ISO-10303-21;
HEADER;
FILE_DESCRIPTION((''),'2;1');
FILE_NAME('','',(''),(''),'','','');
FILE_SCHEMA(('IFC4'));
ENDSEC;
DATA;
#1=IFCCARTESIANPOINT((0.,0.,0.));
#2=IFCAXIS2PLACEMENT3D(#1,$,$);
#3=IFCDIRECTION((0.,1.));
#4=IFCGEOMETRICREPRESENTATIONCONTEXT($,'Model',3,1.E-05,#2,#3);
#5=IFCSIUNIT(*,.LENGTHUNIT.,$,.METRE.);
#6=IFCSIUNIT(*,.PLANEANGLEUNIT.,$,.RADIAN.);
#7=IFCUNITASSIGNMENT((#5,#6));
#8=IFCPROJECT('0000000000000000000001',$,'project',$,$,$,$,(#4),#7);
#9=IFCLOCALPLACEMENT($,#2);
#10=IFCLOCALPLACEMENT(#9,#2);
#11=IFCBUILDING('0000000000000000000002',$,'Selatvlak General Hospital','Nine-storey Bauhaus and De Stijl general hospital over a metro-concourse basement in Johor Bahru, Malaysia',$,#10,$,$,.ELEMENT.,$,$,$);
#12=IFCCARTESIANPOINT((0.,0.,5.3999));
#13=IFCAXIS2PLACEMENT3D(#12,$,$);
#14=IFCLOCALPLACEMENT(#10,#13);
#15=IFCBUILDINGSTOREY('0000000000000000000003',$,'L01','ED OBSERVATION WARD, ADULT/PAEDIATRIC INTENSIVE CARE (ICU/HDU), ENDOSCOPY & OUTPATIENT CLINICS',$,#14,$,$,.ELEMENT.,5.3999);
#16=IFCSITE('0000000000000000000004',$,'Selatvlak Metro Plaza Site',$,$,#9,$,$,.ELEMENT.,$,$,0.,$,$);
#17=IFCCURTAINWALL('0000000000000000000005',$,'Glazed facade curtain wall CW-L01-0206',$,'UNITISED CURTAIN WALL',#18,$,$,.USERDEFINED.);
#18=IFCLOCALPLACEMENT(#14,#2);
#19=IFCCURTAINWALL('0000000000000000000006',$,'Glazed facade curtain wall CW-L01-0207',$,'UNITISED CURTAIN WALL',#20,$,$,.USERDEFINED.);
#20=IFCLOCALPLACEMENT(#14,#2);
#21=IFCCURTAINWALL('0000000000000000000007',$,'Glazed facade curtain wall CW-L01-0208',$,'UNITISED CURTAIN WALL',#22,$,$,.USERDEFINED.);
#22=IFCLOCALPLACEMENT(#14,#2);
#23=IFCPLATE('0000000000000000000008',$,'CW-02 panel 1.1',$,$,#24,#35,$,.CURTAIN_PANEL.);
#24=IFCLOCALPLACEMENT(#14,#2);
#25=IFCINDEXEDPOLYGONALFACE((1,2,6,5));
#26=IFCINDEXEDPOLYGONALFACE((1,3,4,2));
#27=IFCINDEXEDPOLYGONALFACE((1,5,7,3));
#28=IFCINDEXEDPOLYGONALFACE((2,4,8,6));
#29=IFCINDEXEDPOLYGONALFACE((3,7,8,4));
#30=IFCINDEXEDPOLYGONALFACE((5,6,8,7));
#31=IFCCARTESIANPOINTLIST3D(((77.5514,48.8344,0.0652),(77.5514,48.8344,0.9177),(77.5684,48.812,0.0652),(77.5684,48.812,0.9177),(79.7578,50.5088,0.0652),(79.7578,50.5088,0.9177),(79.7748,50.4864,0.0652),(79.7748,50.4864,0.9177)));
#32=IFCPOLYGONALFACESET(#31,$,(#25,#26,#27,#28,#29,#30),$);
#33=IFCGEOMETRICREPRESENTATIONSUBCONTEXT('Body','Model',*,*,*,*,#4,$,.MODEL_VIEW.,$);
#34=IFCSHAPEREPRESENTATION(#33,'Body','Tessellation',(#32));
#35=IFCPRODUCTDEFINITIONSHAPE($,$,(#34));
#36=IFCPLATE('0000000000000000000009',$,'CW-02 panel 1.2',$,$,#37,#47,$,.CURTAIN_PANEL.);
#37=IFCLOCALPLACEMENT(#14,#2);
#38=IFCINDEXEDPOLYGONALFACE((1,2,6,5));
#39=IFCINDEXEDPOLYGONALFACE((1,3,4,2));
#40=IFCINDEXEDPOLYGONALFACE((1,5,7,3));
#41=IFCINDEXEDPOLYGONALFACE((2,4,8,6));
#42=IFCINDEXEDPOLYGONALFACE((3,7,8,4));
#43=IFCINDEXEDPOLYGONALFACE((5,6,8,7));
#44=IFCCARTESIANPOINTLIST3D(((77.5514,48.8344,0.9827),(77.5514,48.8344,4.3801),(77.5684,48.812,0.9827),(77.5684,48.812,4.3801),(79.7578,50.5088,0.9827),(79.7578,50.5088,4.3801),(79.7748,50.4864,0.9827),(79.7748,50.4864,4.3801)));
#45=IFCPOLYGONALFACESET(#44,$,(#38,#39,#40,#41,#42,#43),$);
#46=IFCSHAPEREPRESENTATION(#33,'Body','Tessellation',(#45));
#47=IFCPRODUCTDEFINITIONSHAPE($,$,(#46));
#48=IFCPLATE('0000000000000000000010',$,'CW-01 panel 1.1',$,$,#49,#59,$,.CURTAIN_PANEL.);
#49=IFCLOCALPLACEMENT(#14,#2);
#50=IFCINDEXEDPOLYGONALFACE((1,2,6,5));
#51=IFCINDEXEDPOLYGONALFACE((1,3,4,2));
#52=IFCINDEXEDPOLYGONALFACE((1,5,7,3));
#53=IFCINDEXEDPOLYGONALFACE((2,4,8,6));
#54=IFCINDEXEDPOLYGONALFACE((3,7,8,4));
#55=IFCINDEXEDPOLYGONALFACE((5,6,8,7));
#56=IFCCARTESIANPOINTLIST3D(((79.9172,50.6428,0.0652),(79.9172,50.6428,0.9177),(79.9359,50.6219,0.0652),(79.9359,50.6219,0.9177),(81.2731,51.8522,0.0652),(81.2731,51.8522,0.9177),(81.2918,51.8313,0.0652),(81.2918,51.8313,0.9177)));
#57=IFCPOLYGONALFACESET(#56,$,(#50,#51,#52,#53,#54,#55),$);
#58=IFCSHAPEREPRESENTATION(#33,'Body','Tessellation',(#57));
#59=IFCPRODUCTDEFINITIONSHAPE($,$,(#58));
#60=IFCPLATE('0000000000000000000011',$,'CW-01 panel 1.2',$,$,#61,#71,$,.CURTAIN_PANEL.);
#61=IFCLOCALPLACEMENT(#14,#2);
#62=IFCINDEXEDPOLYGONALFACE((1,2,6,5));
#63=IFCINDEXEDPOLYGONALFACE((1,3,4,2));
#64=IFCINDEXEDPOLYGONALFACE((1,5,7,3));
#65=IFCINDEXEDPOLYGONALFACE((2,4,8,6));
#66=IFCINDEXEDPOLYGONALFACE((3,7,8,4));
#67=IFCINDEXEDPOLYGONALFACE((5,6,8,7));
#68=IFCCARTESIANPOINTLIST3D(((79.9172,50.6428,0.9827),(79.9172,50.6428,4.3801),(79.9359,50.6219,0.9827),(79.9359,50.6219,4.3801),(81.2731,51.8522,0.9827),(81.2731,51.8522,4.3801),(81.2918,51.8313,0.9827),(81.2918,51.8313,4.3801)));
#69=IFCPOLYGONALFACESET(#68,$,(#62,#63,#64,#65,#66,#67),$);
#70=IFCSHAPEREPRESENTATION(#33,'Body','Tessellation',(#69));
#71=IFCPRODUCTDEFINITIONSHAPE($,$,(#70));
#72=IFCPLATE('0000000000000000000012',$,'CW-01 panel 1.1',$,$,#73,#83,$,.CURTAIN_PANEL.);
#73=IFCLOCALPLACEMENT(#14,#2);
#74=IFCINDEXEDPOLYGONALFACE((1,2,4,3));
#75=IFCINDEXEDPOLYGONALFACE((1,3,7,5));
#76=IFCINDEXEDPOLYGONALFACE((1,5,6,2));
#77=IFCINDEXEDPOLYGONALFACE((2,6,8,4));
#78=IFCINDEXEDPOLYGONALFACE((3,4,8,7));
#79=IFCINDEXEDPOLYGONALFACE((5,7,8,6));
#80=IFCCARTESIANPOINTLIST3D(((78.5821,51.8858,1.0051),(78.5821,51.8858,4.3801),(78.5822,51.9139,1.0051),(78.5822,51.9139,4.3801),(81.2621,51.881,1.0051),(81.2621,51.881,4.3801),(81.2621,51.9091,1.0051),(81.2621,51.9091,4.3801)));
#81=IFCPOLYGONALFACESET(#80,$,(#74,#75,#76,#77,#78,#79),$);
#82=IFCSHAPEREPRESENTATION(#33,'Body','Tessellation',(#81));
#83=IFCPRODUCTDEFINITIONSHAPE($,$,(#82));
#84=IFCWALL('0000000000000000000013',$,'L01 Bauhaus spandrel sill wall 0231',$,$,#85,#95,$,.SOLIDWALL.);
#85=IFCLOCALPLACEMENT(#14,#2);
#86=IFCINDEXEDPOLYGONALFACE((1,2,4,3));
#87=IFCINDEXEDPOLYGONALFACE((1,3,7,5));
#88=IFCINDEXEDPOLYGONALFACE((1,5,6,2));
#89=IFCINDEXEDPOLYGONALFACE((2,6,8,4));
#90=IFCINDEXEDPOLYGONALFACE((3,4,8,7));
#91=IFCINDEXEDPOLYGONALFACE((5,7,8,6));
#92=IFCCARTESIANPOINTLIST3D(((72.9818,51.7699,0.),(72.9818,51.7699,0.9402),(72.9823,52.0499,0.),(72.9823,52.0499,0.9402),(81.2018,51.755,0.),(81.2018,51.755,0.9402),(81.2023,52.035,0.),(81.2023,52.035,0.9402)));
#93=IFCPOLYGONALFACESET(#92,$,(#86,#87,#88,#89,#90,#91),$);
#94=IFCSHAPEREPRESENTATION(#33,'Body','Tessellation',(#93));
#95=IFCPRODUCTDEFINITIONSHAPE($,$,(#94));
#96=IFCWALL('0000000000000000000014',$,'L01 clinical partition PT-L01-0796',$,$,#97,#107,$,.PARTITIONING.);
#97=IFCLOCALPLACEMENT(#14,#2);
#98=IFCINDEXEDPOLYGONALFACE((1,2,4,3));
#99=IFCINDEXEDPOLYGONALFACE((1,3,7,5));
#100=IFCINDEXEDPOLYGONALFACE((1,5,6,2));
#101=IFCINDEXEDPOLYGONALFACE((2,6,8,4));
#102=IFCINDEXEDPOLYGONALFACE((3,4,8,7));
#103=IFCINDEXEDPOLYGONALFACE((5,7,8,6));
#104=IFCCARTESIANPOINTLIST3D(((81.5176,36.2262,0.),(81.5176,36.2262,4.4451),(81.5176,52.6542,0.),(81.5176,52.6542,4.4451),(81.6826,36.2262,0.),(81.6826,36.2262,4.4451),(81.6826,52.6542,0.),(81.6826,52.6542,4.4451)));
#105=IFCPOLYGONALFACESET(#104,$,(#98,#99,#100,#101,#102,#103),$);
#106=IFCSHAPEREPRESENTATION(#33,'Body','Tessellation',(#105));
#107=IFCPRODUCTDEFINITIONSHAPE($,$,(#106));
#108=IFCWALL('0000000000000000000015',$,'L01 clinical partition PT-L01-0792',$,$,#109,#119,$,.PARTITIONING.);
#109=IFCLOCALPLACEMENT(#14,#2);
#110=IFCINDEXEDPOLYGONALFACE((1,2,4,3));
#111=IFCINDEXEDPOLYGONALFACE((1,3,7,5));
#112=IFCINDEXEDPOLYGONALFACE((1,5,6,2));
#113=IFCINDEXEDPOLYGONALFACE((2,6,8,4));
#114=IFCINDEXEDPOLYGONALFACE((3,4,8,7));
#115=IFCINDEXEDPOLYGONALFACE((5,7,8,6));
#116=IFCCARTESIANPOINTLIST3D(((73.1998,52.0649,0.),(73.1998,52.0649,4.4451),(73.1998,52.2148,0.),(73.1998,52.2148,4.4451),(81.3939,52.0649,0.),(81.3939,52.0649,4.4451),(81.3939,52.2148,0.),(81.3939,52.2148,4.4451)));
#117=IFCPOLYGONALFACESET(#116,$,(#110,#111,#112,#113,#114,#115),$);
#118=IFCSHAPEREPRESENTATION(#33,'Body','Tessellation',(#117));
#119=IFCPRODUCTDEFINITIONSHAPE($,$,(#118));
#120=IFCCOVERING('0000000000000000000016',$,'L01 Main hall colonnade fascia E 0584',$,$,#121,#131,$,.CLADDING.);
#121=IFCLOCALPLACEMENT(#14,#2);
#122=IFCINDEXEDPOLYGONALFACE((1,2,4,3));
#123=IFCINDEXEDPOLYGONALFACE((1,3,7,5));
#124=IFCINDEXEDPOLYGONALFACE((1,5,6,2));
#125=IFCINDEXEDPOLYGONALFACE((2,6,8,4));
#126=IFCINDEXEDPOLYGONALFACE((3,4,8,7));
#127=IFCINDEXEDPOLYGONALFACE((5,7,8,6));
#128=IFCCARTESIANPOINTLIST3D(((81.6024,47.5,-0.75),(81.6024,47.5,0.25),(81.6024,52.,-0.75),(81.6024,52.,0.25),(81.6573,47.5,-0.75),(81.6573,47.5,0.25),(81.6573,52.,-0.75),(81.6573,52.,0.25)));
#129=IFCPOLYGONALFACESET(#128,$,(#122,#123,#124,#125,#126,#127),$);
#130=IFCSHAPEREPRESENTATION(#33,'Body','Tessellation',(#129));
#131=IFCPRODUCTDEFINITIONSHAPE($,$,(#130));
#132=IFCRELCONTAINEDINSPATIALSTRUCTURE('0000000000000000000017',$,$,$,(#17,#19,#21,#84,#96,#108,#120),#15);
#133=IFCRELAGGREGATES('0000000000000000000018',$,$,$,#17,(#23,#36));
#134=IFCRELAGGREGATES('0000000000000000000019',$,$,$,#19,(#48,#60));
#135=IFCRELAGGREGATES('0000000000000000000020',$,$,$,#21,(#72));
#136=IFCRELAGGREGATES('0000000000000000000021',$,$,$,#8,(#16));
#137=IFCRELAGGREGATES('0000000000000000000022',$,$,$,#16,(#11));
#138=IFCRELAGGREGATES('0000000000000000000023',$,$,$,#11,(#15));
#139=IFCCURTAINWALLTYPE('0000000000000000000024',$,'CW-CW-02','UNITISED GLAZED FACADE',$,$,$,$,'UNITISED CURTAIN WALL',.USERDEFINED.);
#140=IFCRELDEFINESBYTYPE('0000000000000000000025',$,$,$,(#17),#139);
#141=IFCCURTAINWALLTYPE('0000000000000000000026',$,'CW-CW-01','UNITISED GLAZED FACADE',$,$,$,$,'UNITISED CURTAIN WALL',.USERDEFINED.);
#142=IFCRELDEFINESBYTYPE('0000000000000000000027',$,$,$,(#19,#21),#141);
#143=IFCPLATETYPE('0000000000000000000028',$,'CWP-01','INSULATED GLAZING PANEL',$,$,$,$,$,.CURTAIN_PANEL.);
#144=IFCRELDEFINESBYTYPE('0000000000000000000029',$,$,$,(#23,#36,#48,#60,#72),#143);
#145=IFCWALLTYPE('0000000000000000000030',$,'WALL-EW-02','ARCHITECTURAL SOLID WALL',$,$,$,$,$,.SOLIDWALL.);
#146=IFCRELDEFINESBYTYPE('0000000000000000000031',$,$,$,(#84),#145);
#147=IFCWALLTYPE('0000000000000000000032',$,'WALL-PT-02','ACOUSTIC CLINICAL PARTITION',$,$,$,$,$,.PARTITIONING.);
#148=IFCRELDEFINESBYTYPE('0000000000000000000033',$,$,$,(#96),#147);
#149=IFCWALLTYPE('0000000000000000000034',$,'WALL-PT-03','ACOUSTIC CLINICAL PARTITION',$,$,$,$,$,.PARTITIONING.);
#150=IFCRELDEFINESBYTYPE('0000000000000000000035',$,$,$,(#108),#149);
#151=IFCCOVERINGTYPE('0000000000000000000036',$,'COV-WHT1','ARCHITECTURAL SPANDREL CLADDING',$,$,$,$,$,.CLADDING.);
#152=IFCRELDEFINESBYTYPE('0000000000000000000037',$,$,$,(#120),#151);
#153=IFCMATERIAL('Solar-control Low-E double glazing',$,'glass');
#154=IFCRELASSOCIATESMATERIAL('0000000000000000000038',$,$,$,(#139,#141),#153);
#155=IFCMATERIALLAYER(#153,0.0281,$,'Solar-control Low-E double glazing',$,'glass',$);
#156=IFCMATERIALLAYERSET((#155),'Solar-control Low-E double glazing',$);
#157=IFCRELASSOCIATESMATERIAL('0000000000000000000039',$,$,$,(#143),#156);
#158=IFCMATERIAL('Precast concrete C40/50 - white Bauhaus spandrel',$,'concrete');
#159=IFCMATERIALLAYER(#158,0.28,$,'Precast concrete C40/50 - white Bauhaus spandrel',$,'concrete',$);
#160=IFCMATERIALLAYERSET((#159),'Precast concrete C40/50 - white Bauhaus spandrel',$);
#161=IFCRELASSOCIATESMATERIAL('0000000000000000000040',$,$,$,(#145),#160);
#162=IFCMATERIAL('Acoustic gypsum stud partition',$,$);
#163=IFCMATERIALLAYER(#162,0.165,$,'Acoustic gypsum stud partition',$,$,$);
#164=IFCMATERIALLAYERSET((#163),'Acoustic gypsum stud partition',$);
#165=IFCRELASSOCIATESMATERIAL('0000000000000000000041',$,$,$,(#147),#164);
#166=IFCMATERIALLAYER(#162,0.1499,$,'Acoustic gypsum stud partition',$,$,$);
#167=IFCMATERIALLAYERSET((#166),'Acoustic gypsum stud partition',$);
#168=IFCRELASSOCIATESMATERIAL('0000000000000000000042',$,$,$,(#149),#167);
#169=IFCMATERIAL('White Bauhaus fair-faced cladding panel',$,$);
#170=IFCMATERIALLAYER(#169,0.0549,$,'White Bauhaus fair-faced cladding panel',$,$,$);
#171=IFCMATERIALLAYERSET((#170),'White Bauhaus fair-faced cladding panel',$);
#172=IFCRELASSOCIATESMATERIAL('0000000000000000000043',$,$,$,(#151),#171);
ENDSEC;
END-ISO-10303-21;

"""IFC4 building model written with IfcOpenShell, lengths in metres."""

from ifc_helpers import new_model, si_unit, direction, frame, frame_2d, origin, origin_2d, place, context, subcontext, project, spatial, rectangle, extrude, material, layer, layer_set, type_object, element, aggregate, save


model = new_model("IFC4")

# Units and contexts
model_context = context("Model", 3, precision=1e-05, world=origin(), true_north=direction((0.0, 1.0)))
body_context = subcontext(model_context, "Body", "Model", "MODEL_VIEW")
ifc_project = project(units=[si_unit("LENGTHUNIT", "METRE"), si_unit("PLANEANGLEUNIT", "RADIAN")], contexts=[model_context])

# Site, building, storey
site_placement = place(None, origin())
site = spatial("IfcSite", under=ifc_project, at=site_placement, Name="Selatvlak Metro Plaza Site", CompositionType="ELEMENT", RefElevation=0.0)
building_placement = place(site_placement, origin())
building = spatial("IfcBuilding", under=site, at=building_placement, Name="Selatvlak General Hospital", Description="Nine-storey Bauhaus and De Stijl general hospital over a metro-concourse basement in Johor Bahru, Malaysia", CompositionType="ELEMENT")
storey_placement = place(building_placement, frame((0.0, 0.0, 5.3999)))
storey = spatial("IfcBuildingStorey", under=building, at=storey_placement, Name="L01", Description="ED OBSERVATION WARD, ADULT/PAEDIATRIC INTENSIVE CARE (ICU/HDU), ENDOSCOPY & OUTPATIENT CLINICS", CompositionType="ELEMENT", Elevation=5.3999)

# Curtain wall
ifc_material_1 = material(Name="Solar-control Low-E double glazing", Category="glass")
curtain_wall_type_1 = type_object("IfcCurtainWallType", Name="CW-CW-02", Description="UNITISED GLAZED FACADE", ElementType="UNITISED CURTAIN WALL", PredefinedType="USERDEFINED", material=ifc_material_1)
curtain_wall_1_placement = place(storey_placement, origin())
curtain_wall_1 = element("IfcCurtainWall", 1, at=curtain_wall_1_placement, inside=storey, type_object=curtain_wall_type_1, Name="Glazed facade curtain wall CW-L01-0206", ObjectType="UNITISED CURTAIN WALL", PredefinedType="USERDEFINED")

# Curtain walls
curtain_wall_type_2 = type_object("IfcCurtainWallType", Name="CW-CW-01", Description="UNITISED GLAZED FACADE", ElementType="UNITISED CURTAIN WALL", PredefinedType="USERDEFINED", material=ifc_material_1)
curtain_wall_2_placement = place(storey_placement, origin())
curtain_wall_2 = element("IfcCurtainWall", 2, at=curtain_wall_2_placement, inside=storey, type_object=curtain_wall_type_2, Name="Glazed facade curtain wall CW-L01-0207", ObjectType="UNITISED CURTAIN WALL", PredefinedType="USERDEFINED")
curtain_wall_3_placement = place(storey_placement, origin())
curtain_wall_3 = element("IfcCurtainWall", 3, at=curtain_wall_3_placement, inside=storey, type_object=curtain_wall_type_2, Name="Glazed facade curtain wall CW-L01-0208", ObjectType="UNITISED CURTAIN WALL", PredefinedType="USERDEFINED")

# Plates
ifc_layer_1 = layer(ifc_material_1, 0.0281, Name="Solar-control Low-E double glazing", Category="glass")
ifc_layer_set_1 = layer_set([ifc_layer_1], Name="Solar-control Low-E double glazing")
plate_type = type_object("IfcPlateType", Name="CWP-01", Description="INSULATED GLAZING PANEL", PredefinedType="CURTAIN_PANEL", material=ifc_layer_set_1)
plate_1_placement = place(storey_placement, frame((78.6631, 49.6604, 0.0652), z_axis=(0.0, 0.0, 1.0), x_axis=(0.796594, 0.604515, 0.0)))
plate_1 = element("IfcPlate", 4, at=plate_1_placement, type_object=plate_type, Name="CW-02 panel 1.1", PredefinedType="CURTAIN_PANEL", context=body_context, shape_type="SweptSolid", body=[
    extrude(rectangle(XDim=2.7698, YDim=0.0281, at=origin_2d()), origin(), (0.0, 0.0, 1.0), 0.8525),
])
plate_2_placement = place(storey_placement, frame((78.6631, 49.6604, 0.9827), z_axis=(0.0, 0.0, 1.0), x_axis=(0.796594, 0.604515, 0.0)))
plate_2 = element("IfcPlate", 5, at=plate_2_placement, type_object=plate_type, Name="CW-02 panel 1.2", PredefinedType="CURTAIN_PANEL", context=body_context, shape_type="SweptSolid", body=[
    extrude(rectangle(XDim=2.7698, YDim=0.0281, at=origin_2d()), origin(), (0.0, 0.0, 1.0), 3.3975),
])
aggregate(curtain_wall_1, [plate_1, plate_2])
plate_3_placement = place(storey_placement, frame((80.6045, 51.2371, 0.0652), z_axis=(0.0, 0.0, 1.0), x_axis=(0.746275, 0.665638, 0.0)))
plate_3 = element("IfcPlate", 6, at=plate_3_placement, type_object=plate_type, Name="CW-01 panel 1.1", PredefinedType="CURTAIN_PANEL", context=body_context, shape_type="SweptSolid", body=[
    extrude(rectangle(XDim=1.8169, YDim=0.0281, at=origin_2d()), origin(), (0.0, 0.0, 1.0), 0.8525),
])
plate_4_placement = place(storey_placement, frame((80.6045, 51.2371, 0.9827), z_axis=(0.0, 0.0, 1.0), x_axis=(0.746275, 0.665638, 0.0)))
plate_4 = element("IfcPlate", 7, at=plate_4_placement, type_object=plate_type, Name="CW-01 panel 1.2", PredefinedType="CURTAIN_PANEL", context=body_context, shape_type="SweptSolid", body=[
    extrude(rectangle(XDim=1.8169, YDim=0.0281, at=origin_2d()), origin(), (0.0, 0.0, 1.0), 3.3975),
])
aggregate(curtain_wall_2, [plate_3, plate_4])
plate_5_placement = place(storey_placement, frame((79.9221, 51.8975, 1.0051), z_axis=(0.0, 0.0, 1.0), x_axis=(-0.999998, 0.0018, 0.0)))
plate_5 = element("IfcPlate", 8, at=plate_5_placement, type_object=plate_type, Name="CW-01 panel 1.1", PredefinedType="CURTAIN_PANEL", context=body_context, shape_type="SweptSolid", body=[
    extrude(rectangle(XDim=2.6799, YDim=0.0281, at=origin_2d()), origin(), (0.0, 0.0, 1.0), 3.375),
])
aggregate(curtain_wall_3, [plate_5])

# Walls
ifc_material_2 = material(Name="Precast concrete C40/50 - white Bauhaus spandrel", Category="concrete")
ifc_layer_2 = layer(ifc_material_2, 0.28, Name="Precast concrete C40/50 - white Bauhaus spandrel", Category="concrete")
ifc_layer_set_2 = layer_set([ifc_layer_2], Name="Precast concrete C40/50 - white Bauhaus spandrel")
wall_type_1 = type_object("IfcWallType", Name="WALL-EW-02", Description="ARCHITECTURAL SOLID WALL", PredefinedType="SOLIDWALL", material=ifc_layer_set_2)
wall_1_placement = place(storey_placement, frame((81.2019, 51.895, 0.0), z_axis=(0.0, 0.0, 1.0), x_axis=(-0.999998, 0.001812, 0.0)))
element("IfcWall", 9, at=wall_1_placement, inside=storey, type_object=wall_type_1, Name="L01 Bauhaus spandrel sill wall 0231", PredefinedType="SOLIDWALL", context=body_context, shape_type="SweptSolid", body=[
    extrude(rectangle(XDim=8.22, YDim=0.28, at=frame_2d((4.1099, 0.0))), origin(), (0.0, 0.0, 1.0), 0.9402),
])
ifc_material_3 = material(Name="Acoustic gypsum stud partition")
ifc_layer_3 = layer(ifc_material_3, 0.165, Name="Acoustic gypsum stud partition")
ifc_layer_set_3 = layer_set([ifc_layer_3], Name="Acoustic gypsum stud partition")
wall_type_2 = type_object("IfcWallType", Name="WALL-PT-02", Description="ACOUSTIC CLINICAL PARTITION", PredefinedType="PARTITIONING", material=ifc_layer_set_3)
wall_2_placement = place(storey_placement, frame((81.6001, 52.6541, 0.0), z_axis=(0.0, 0.0, 1.0), x_axis=(0.0, -1.0, 0.0)))
element("IfcWall", 10, at=wall_2_placement, inside=storey, type_object=wall_type_2, Name="L01 clinical partition PT-L01-0796", PredefinedType="PARTITIONING", context=body_context, shape_type="SweptSolid", body=[
    extrude(rectangle(XDim=16.428, YDim=0.165, at=frame_2d((8.2139, 0.0))), origin(), (0.0, 0.0, 1.0), 4.4451),
])
ifc_layer_4 = layer(ifc_material_3, 0.1499, Name="Acoustic gypsum stud partition")
ifc_layer_set_4 = layer_set([ifc_layer_4], Name="Acoustic gypsum stud partition")
wall_type_3 = type_object("IfcWallType", Name="WALL-PT-03", Description="ACOUSTIC CLINICAL PARTITION", PredefinedType="PARTITIONING", material=ifc_layer_set_4)
wall_3_placement = place(storey_placement, frame((81.394, 52.1399, 0.0), z_axis=(0.0, 0.0, 1.0), x_axis=(-1.0, 0.0, 0.0)))
element("IfcWall", 11, at=wall_3_placement, inside=storey, type_object=wall_type_3, Name="L01 clinical partition PT-L01-0792", PredefinedType="PARTITIONING", context=body_context, shape_type="SweptSolid", body=[
    extrude(rectangle(XDim=8.1941, YDim=0.1499, at=frame_2d((4.0972, 0.0))), origin(), (0.0, 0.0, 1.0), 4.4451),
])

# Covering
ifc_material_4 = material(Name="White Bauhaus fair-faced cladding panel")
ifc_layer_5 = layer(ifc_material_4, 0.0549, Name="White Bauhaus fair-faced cladding panel")
ifc_layer_set_5 = layer_set([ifc_layer_5], Name="White Bauhaus fair-faced cladding panel")
covering_type = type_object("IfcCoveringType", Name="COV-WHT1", Description="ARCHITECTURAL SPANDREL CLADDING", PredefinedType="CLADDING", material=ifc_layer_set_5)
covering_placement = place(storey_placement, frame((81.6299, 49.75, -0.75), z_axis=(0.0, 0.0, 1.0), x_axis=(0.0, 1.0, 0.0)))
element("IfcCovering", 12, at=covering_placement, inside=storey, type_object=covering_type, Name="L01 Main hall colonnade fascia E 0584", PredefinedType="CLADDING", context=body_context, shape_type="SweptSolid", body=[
    extrude(rectangle(XDim=4.5, YDim=0.0549, at=origin_2d()), origin(), (0.0, 0.0, 1.0), 1.0),
])

save(model, "model.ifc")
